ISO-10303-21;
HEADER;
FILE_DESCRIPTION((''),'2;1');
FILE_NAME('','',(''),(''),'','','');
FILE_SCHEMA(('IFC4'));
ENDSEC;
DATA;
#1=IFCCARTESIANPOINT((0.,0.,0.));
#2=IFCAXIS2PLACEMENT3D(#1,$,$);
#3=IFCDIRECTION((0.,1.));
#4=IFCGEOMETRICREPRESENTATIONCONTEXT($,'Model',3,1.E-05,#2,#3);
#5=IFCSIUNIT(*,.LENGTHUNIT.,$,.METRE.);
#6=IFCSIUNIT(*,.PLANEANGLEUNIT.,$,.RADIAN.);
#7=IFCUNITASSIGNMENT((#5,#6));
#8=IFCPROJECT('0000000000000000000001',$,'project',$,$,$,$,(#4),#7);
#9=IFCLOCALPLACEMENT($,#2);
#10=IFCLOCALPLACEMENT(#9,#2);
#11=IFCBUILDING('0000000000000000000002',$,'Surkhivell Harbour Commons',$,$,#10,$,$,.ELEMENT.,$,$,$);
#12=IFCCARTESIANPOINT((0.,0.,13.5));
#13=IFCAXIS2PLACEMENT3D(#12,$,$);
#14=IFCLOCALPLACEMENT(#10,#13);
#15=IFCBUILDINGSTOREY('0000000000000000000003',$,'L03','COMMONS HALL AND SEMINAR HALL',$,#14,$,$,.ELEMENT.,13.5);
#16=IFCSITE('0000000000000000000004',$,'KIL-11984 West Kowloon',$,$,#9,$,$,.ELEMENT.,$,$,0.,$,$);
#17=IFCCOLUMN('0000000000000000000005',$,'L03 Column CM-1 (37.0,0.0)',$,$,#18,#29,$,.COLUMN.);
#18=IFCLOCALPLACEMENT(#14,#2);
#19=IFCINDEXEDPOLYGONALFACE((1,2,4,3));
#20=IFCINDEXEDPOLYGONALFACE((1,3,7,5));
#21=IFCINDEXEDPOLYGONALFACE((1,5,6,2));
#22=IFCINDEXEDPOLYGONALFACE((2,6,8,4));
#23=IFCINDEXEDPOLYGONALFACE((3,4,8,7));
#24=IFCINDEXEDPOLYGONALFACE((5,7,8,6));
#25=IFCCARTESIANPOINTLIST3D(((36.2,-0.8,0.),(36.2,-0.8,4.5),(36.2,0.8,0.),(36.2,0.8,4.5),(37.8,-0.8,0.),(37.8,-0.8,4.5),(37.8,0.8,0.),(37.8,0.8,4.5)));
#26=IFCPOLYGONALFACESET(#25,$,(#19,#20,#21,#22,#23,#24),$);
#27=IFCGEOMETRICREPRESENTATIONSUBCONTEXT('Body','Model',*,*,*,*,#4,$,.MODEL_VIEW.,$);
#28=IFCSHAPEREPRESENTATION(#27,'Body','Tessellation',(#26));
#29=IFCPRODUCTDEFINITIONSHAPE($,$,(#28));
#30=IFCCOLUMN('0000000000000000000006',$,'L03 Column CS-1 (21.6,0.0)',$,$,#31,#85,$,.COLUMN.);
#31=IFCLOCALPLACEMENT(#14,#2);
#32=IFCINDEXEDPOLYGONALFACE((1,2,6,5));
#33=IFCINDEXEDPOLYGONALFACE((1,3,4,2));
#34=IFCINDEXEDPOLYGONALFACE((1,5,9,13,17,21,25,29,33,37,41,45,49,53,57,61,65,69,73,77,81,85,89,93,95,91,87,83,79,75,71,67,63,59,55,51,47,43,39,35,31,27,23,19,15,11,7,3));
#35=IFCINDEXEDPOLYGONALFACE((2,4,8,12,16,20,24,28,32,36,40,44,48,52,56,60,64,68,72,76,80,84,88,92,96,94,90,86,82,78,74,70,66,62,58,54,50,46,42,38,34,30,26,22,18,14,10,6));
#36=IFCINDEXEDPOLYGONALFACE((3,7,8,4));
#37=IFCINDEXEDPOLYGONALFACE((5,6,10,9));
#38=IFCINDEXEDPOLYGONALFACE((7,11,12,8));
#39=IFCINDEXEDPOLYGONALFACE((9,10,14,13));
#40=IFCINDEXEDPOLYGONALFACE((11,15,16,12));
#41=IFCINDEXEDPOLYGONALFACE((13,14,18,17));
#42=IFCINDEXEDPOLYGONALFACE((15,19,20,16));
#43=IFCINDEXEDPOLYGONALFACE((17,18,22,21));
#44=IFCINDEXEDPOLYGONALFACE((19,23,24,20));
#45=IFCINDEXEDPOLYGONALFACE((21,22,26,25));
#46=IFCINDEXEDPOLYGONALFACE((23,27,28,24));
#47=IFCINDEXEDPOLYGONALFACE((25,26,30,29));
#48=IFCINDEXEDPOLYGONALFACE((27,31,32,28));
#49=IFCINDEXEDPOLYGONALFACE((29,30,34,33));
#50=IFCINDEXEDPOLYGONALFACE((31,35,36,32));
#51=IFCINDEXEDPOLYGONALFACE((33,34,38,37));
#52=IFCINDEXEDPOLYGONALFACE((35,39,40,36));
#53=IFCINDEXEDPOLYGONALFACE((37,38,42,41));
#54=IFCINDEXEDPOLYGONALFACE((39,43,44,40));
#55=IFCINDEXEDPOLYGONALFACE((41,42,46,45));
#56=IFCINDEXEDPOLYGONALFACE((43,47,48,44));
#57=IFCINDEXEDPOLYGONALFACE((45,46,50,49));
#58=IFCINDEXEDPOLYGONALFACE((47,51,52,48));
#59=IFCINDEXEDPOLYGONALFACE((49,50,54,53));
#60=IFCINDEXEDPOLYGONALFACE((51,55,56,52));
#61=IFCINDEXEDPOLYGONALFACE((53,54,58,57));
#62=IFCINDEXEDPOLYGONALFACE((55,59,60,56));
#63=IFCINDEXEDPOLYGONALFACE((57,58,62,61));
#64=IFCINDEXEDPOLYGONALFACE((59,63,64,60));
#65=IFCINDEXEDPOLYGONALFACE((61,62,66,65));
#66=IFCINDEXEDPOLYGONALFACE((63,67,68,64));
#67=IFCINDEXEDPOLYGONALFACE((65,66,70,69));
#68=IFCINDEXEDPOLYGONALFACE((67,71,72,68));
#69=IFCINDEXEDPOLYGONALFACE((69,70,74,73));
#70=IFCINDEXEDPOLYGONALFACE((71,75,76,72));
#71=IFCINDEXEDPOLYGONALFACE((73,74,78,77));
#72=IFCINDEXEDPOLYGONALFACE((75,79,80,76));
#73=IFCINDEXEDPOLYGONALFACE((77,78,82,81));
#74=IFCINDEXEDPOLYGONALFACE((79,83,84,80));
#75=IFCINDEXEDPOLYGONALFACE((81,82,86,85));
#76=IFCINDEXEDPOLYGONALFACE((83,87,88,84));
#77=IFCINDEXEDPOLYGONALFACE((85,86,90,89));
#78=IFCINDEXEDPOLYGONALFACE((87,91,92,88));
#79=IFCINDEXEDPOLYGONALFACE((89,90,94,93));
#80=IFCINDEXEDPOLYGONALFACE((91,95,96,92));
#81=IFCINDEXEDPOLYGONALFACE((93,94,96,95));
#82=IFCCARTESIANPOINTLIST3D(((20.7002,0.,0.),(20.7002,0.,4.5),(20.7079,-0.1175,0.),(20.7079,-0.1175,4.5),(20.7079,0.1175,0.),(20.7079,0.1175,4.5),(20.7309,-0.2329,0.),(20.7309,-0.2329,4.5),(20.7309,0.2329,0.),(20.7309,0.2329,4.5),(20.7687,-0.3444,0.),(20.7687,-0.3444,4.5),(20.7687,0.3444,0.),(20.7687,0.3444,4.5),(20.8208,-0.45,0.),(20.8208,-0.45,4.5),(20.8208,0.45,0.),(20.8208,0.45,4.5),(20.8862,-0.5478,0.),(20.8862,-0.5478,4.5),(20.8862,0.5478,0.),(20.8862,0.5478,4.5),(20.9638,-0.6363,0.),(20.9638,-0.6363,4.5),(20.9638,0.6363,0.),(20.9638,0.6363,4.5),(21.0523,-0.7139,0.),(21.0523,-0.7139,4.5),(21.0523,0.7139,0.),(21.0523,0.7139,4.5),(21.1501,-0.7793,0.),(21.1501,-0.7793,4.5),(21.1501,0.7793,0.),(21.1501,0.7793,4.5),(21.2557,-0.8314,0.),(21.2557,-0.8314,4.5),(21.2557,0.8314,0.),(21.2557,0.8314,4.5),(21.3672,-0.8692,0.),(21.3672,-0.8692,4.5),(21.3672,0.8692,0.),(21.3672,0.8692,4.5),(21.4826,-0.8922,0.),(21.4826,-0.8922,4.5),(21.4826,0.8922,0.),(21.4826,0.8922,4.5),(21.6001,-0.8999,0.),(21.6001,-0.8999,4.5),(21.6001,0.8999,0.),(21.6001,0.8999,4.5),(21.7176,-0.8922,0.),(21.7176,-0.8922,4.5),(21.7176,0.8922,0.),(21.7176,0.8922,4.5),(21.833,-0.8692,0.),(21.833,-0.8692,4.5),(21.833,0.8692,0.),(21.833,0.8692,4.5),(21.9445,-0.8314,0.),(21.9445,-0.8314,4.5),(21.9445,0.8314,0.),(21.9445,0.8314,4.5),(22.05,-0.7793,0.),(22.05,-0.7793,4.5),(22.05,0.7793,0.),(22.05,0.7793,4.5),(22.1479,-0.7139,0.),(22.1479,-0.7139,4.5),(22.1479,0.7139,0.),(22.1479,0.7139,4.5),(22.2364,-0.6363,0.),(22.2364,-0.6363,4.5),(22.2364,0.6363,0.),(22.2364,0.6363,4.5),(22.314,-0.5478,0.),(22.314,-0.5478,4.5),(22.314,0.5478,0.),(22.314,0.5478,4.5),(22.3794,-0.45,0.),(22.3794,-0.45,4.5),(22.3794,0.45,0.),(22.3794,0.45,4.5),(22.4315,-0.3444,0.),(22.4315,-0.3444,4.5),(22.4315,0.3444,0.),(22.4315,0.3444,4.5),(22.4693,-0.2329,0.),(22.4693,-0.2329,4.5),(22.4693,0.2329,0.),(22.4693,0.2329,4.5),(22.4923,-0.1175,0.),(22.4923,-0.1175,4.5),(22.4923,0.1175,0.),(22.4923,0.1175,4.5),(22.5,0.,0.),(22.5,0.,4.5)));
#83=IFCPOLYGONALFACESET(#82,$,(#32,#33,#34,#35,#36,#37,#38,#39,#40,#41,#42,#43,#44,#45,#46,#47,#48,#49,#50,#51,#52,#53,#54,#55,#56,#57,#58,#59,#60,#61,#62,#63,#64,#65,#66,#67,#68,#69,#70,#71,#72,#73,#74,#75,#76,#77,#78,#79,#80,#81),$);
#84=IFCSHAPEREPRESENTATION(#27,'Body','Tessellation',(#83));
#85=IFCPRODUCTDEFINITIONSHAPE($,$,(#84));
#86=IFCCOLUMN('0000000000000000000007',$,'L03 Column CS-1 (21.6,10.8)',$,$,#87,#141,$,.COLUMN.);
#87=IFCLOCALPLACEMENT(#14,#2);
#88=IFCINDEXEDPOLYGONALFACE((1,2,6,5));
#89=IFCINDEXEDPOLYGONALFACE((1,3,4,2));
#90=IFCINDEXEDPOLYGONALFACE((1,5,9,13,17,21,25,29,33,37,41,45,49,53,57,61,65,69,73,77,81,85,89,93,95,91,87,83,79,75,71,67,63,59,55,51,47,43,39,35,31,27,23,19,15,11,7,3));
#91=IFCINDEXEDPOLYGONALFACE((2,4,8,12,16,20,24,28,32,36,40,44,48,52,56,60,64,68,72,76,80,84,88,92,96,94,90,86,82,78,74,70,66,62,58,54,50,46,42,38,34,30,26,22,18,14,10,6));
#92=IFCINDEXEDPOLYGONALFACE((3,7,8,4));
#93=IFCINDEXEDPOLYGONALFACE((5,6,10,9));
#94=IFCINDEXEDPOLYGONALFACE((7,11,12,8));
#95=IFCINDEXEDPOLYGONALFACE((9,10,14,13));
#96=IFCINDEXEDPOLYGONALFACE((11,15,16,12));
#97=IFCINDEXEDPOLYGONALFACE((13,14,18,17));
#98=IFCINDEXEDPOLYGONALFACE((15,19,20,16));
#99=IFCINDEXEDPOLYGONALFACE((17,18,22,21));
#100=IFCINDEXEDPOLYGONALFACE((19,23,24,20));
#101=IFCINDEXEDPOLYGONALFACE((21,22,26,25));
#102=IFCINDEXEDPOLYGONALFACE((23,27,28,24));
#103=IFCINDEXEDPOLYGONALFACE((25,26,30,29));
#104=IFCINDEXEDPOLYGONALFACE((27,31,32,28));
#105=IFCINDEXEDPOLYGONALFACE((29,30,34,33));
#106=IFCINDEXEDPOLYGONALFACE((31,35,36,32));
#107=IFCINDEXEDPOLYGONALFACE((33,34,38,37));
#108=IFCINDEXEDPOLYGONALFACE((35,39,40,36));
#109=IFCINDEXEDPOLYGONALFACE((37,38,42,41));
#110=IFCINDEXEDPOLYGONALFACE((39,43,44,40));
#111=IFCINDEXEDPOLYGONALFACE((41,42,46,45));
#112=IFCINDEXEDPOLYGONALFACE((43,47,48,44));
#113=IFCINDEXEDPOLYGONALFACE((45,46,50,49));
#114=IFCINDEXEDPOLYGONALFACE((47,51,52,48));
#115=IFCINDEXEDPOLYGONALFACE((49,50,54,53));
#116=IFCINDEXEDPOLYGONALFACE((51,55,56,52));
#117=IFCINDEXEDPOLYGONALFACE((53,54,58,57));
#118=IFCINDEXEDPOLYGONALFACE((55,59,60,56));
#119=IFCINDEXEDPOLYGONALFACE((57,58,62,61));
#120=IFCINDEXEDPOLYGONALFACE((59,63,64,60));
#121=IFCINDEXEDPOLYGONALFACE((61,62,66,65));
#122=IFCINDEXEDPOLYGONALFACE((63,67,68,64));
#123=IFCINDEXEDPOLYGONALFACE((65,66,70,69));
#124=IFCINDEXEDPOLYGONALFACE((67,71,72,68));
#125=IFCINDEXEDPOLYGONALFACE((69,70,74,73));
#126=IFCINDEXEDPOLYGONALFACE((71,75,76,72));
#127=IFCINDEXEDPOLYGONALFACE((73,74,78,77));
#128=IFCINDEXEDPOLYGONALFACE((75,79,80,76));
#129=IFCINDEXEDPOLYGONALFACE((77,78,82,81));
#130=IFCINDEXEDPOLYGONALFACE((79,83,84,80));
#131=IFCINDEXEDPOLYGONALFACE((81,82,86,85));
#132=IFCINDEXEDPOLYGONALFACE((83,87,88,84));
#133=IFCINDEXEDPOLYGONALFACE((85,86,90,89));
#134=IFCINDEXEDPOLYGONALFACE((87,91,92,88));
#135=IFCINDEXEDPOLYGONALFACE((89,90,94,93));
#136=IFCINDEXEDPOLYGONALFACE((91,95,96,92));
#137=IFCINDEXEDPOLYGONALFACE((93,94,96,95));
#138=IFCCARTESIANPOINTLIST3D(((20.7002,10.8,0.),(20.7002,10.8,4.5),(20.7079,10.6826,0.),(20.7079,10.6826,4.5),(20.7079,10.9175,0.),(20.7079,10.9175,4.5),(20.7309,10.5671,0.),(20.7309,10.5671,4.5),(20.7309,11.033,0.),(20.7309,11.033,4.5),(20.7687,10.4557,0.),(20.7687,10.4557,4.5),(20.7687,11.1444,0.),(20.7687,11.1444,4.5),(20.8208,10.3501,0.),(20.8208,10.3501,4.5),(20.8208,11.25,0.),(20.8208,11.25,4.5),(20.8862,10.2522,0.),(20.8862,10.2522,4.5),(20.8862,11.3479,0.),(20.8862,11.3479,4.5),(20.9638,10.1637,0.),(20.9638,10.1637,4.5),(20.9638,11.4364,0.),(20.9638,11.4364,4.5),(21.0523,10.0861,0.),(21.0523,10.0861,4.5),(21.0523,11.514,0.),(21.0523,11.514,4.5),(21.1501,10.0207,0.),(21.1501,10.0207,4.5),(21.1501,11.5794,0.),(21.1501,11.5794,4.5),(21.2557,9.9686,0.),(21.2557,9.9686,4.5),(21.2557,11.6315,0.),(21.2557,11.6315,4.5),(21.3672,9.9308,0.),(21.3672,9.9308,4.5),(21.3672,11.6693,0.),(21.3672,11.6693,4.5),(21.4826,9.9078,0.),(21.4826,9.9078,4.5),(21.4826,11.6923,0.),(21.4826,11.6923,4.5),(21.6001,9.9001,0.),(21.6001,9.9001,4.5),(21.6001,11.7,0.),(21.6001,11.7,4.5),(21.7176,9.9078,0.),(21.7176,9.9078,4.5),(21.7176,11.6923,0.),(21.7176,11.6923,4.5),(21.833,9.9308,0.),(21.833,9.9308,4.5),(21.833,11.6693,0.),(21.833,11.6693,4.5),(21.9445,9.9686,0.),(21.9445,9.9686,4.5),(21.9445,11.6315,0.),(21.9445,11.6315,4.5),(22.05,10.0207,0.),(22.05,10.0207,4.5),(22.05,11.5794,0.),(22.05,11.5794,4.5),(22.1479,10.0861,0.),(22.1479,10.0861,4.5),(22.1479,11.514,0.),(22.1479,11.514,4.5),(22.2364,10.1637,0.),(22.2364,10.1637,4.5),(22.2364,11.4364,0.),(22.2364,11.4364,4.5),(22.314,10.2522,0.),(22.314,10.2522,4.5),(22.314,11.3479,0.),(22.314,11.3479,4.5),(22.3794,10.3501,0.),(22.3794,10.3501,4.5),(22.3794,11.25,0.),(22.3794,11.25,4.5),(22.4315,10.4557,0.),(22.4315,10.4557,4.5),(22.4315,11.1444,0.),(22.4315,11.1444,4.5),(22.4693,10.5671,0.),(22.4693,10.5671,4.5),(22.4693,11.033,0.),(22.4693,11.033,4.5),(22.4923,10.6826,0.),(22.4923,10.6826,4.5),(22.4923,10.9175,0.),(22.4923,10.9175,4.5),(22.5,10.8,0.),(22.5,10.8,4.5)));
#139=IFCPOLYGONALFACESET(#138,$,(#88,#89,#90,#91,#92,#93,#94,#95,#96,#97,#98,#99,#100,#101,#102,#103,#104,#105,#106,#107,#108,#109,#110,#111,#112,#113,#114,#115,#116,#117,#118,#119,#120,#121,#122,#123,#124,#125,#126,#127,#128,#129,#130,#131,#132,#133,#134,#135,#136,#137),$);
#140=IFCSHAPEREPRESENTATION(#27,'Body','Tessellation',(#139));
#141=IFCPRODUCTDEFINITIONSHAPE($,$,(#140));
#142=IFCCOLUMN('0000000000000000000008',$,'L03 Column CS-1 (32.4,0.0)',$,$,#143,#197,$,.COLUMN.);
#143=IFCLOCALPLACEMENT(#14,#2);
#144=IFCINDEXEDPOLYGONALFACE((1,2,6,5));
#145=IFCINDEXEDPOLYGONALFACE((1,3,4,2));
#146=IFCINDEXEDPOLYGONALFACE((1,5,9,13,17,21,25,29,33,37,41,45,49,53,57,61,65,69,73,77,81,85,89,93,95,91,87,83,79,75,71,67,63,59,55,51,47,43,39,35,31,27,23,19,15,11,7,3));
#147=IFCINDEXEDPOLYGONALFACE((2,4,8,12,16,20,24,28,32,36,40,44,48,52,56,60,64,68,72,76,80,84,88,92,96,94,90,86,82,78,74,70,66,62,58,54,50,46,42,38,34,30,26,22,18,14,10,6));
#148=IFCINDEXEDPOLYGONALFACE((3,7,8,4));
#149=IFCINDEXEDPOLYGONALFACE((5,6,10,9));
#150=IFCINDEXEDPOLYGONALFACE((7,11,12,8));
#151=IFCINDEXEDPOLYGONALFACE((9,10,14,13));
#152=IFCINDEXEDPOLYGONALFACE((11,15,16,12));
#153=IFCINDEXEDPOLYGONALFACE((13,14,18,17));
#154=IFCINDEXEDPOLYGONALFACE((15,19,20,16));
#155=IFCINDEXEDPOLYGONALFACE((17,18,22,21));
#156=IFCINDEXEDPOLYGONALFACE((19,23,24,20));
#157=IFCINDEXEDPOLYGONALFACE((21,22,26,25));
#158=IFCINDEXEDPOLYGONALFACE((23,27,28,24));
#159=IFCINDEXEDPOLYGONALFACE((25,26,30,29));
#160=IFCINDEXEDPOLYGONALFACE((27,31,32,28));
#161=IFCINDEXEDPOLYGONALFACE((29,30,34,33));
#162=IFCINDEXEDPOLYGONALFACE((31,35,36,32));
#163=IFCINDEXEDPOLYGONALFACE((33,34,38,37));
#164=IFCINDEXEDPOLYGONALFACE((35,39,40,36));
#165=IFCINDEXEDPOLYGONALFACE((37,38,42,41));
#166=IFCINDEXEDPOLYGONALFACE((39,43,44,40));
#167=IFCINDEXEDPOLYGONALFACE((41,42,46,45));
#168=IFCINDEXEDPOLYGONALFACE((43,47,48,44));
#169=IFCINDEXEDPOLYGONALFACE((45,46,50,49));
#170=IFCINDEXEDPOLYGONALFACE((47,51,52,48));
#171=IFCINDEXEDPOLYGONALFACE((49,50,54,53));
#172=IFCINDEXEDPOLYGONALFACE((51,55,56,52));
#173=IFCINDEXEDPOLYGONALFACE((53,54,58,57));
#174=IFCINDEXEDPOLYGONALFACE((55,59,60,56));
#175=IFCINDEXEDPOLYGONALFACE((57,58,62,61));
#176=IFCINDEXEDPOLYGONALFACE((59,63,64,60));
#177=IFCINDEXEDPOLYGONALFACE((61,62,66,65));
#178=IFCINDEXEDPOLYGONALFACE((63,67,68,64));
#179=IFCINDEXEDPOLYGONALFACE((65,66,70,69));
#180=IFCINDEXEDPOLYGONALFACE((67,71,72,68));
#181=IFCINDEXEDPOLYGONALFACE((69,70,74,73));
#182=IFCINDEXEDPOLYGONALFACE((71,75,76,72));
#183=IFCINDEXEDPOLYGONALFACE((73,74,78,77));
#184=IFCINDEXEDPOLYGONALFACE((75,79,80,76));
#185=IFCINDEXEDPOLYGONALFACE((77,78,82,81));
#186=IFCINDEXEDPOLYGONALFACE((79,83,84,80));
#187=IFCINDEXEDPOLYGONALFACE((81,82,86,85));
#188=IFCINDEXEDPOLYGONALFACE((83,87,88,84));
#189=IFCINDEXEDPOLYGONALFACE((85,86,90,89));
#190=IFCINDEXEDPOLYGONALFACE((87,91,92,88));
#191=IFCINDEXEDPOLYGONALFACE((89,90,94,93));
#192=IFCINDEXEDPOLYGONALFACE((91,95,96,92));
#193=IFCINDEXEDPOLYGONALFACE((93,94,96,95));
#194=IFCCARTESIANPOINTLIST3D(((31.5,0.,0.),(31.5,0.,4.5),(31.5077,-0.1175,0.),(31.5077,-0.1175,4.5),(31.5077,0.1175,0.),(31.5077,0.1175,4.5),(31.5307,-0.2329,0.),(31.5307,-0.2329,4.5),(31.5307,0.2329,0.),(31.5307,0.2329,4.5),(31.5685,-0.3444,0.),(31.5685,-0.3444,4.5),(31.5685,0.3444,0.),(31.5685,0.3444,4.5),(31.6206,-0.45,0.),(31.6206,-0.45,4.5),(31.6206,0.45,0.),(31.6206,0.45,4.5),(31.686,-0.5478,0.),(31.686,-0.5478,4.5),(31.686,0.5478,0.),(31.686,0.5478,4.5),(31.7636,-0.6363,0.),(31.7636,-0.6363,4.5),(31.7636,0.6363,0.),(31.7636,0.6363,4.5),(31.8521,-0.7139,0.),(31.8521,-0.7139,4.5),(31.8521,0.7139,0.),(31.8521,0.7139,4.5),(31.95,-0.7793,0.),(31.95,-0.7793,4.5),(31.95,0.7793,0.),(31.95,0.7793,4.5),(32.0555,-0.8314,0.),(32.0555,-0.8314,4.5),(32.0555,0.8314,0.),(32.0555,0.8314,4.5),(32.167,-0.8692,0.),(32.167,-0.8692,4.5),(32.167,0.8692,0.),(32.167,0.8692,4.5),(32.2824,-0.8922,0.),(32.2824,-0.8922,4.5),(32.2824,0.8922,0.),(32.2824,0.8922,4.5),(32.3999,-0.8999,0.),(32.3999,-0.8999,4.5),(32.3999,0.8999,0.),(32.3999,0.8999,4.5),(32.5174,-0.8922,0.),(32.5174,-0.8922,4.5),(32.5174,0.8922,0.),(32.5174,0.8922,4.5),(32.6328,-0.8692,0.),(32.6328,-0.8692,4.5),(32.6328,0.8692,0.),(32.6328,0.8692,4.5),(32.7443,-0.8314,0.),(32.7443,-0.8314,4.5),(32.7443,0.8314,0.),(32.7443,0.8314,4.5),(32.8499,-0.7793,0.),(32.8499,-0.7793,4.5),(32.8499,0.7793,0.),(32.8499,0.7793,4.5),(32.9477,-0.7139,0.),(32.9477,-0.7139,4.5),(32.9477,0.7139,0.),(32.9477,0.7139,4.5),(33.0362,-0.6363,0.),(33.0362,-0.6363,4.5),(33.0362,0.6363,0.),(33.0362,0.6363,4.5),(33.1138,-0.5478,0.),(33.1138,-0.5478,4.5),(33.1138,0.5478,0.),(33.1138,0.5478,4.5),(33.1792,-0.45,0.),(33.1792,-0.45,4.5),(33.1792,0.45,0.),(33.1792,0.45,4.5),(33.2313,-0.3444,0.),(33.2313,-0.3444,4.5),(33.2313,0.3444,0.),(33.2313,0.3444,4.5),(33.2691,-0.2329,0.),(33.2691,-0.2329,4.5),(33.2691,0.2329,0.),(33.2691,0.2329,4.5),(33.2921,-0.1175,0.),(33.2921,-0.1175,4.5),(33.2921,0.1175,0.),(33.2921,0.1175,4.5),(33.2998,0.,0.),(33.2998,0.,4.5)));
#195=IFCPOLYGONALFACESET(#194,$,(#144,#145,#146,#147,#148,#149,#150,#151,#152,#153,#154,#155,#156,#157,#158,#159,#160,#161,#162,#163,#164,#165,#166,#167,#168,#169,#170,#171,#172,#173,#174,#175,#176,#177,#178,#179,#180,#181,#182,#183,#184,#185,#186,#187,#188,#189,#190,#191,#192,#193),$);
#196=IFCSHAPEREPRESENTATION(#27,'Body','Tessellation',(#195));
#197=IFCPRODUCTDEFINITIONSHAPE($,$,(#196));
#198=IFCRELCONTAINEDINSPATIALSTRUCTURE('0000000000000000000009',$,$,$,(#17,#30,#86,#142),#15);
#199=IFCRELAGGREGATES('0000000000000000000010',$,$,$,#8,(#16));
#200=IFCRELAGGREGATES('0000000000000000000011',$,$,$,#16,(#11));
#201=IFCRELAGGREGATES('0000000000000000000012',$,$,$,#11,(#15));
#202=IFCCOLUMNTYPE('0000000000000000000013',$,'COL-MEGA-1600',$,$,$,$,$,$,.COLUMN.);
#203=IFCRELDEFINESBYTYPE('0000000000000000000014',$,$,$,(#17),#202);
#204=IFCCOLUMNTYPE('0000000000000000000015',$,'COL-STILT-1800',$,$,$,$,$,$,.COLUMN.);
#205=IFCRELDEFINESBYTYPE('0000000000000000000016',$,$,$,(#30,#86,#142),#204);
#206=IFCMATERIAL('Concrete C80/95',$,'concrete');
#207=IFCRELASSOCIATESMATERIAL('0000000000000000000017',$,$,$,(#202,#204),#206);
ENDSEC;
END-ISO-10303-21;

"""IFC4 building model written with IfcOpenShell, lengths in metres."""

from ifc_helpers import new_model, si_unit, direction, frame, origin, origin_2d, place, context, subcontext, project, spatial, rectangle, circle, extrude, material, material_profile, profile_set, type_object, element, save


model = new_model("IFC4")

# Units and contexts
model_context = context("Model", 3, precision=1e-05, world=origin(), true_north=direction((0.0, 1.0)))
body_context = subcontext(model_context, "Body", "Model", "MODEL_VIEW")
ifc_project = project(units=[si_unit("LENGTHUNIT", "METRE"), si_unit("PLANEANGLEUNIT", "RADIAN")], contexts=[model_context])

# Site, building, storey
site_placement = place(None, origin())
site = spatial("IfcSite", under=ifc_project, at=site_placement, Name="KIL-11984 West Kowloon", CompositionType="ELEMENT", RefElevation=0.0)
building_placement = place(site_placement, origin())
building = spatial("IfcBuilding", under=site, at=building_placement, Name="Surkhivell Harbour Commons", CompositionType="ELEMENT")
storey_placement = place(building_placement, frame((0.0, 0.0, 13.5)))
storey = spatial("IfcBuildingStorey", under=building, at=storey_placement, Name="L03", Description="COMMONS HALL AND SEMINAR HALL", CompositionType="ELEMENT", Elevation=13.5)

# Columns
ifc_material_1 = material(Name="Concrete C80/95", Category="concrete")
ifc_material_profile_1 = material_profile(ifc_material_1, rectangle(XDim=1.6001, YDim=1.6001, at=origin_2d()), Name="RC-COL-1600x1600")
ifc_profile_set_1 = profile_set([ifc_material_profile_1], Name="Concrete C80/95")
column_type_1 = type_object("IfcColumnType", Name="COL-MEGA-1600", PredefinedType="COLUMN", material=ifc_profile_set_1)
column_placement = place(storey_placement, frame((37.0, 0.0, 0.0), z_axis=(0.0, 0.0, 1.0), x_axis=(1.0, 0.0, 0.0)))
element("IfcColumn", 1, at=column_placement, inside=storey, type_object=column_type_1, Name="L03 Column CM-1 (37.0,0.0)", PredefinedType="COLUMN", context=body_context, shape_type="SweptSolid", body=[
    extrude(rectangle(XDim=1.6001, YDim=1.6001, at=origin_2d()), origin(), (0.0, 0.0, 1.0), 4.5),
])
ifc_material_profile_2 = material_profile(ifc_material_1, circle(Radius=0.8999, at=origin_2d()), Name="RC-CIRC-1800")
ifc_profile_set_2 = profile_set([ifc_material_profile_2], Name="Concrete C80/95")
column_type_2 = type_object("IfcColumnType", Name="COL-STILT-1800", PredefinedType="COLUMN", material=ifc_profile_set_2)
for number, where, z_axis, x_axis, name in (
    (2, (21.6001, 0.0, 0.0), (0.0, 0.0, 1.0), (1.0, 0.0, 0.0), "L03 Column CS-1 (21.6,0.0)"),
    (3, (21.6001, 10.8, 0.0), (0.0, 0.0, 1.0), (1.0, 0.0, 0.0), "L03 Column CS-1 (21.6,10.8)"),
    (4, (32.3999, 0.0, 0.0), (0.0, 0.0, 1.0), (1.0, 0.0, 0.0), "L03 Column CS-1 (32.4,0.0)"),
):
    element("IfcColumn", number, at=place(storey_placement, frame(where, z_axis=z_axis, x_axis=x_axis)), inside=storey, type_object=column_type_2, Name=name, PredefinedType="COLUMN", context=body_context, shape_type="SweptSolid", body=[
        extrude(circle(Radius=0.8999, at=origin_2d()), origin(), (0.0, 0.0, 1.0), 4.5),
    ])

save(model, "model.ifc")
